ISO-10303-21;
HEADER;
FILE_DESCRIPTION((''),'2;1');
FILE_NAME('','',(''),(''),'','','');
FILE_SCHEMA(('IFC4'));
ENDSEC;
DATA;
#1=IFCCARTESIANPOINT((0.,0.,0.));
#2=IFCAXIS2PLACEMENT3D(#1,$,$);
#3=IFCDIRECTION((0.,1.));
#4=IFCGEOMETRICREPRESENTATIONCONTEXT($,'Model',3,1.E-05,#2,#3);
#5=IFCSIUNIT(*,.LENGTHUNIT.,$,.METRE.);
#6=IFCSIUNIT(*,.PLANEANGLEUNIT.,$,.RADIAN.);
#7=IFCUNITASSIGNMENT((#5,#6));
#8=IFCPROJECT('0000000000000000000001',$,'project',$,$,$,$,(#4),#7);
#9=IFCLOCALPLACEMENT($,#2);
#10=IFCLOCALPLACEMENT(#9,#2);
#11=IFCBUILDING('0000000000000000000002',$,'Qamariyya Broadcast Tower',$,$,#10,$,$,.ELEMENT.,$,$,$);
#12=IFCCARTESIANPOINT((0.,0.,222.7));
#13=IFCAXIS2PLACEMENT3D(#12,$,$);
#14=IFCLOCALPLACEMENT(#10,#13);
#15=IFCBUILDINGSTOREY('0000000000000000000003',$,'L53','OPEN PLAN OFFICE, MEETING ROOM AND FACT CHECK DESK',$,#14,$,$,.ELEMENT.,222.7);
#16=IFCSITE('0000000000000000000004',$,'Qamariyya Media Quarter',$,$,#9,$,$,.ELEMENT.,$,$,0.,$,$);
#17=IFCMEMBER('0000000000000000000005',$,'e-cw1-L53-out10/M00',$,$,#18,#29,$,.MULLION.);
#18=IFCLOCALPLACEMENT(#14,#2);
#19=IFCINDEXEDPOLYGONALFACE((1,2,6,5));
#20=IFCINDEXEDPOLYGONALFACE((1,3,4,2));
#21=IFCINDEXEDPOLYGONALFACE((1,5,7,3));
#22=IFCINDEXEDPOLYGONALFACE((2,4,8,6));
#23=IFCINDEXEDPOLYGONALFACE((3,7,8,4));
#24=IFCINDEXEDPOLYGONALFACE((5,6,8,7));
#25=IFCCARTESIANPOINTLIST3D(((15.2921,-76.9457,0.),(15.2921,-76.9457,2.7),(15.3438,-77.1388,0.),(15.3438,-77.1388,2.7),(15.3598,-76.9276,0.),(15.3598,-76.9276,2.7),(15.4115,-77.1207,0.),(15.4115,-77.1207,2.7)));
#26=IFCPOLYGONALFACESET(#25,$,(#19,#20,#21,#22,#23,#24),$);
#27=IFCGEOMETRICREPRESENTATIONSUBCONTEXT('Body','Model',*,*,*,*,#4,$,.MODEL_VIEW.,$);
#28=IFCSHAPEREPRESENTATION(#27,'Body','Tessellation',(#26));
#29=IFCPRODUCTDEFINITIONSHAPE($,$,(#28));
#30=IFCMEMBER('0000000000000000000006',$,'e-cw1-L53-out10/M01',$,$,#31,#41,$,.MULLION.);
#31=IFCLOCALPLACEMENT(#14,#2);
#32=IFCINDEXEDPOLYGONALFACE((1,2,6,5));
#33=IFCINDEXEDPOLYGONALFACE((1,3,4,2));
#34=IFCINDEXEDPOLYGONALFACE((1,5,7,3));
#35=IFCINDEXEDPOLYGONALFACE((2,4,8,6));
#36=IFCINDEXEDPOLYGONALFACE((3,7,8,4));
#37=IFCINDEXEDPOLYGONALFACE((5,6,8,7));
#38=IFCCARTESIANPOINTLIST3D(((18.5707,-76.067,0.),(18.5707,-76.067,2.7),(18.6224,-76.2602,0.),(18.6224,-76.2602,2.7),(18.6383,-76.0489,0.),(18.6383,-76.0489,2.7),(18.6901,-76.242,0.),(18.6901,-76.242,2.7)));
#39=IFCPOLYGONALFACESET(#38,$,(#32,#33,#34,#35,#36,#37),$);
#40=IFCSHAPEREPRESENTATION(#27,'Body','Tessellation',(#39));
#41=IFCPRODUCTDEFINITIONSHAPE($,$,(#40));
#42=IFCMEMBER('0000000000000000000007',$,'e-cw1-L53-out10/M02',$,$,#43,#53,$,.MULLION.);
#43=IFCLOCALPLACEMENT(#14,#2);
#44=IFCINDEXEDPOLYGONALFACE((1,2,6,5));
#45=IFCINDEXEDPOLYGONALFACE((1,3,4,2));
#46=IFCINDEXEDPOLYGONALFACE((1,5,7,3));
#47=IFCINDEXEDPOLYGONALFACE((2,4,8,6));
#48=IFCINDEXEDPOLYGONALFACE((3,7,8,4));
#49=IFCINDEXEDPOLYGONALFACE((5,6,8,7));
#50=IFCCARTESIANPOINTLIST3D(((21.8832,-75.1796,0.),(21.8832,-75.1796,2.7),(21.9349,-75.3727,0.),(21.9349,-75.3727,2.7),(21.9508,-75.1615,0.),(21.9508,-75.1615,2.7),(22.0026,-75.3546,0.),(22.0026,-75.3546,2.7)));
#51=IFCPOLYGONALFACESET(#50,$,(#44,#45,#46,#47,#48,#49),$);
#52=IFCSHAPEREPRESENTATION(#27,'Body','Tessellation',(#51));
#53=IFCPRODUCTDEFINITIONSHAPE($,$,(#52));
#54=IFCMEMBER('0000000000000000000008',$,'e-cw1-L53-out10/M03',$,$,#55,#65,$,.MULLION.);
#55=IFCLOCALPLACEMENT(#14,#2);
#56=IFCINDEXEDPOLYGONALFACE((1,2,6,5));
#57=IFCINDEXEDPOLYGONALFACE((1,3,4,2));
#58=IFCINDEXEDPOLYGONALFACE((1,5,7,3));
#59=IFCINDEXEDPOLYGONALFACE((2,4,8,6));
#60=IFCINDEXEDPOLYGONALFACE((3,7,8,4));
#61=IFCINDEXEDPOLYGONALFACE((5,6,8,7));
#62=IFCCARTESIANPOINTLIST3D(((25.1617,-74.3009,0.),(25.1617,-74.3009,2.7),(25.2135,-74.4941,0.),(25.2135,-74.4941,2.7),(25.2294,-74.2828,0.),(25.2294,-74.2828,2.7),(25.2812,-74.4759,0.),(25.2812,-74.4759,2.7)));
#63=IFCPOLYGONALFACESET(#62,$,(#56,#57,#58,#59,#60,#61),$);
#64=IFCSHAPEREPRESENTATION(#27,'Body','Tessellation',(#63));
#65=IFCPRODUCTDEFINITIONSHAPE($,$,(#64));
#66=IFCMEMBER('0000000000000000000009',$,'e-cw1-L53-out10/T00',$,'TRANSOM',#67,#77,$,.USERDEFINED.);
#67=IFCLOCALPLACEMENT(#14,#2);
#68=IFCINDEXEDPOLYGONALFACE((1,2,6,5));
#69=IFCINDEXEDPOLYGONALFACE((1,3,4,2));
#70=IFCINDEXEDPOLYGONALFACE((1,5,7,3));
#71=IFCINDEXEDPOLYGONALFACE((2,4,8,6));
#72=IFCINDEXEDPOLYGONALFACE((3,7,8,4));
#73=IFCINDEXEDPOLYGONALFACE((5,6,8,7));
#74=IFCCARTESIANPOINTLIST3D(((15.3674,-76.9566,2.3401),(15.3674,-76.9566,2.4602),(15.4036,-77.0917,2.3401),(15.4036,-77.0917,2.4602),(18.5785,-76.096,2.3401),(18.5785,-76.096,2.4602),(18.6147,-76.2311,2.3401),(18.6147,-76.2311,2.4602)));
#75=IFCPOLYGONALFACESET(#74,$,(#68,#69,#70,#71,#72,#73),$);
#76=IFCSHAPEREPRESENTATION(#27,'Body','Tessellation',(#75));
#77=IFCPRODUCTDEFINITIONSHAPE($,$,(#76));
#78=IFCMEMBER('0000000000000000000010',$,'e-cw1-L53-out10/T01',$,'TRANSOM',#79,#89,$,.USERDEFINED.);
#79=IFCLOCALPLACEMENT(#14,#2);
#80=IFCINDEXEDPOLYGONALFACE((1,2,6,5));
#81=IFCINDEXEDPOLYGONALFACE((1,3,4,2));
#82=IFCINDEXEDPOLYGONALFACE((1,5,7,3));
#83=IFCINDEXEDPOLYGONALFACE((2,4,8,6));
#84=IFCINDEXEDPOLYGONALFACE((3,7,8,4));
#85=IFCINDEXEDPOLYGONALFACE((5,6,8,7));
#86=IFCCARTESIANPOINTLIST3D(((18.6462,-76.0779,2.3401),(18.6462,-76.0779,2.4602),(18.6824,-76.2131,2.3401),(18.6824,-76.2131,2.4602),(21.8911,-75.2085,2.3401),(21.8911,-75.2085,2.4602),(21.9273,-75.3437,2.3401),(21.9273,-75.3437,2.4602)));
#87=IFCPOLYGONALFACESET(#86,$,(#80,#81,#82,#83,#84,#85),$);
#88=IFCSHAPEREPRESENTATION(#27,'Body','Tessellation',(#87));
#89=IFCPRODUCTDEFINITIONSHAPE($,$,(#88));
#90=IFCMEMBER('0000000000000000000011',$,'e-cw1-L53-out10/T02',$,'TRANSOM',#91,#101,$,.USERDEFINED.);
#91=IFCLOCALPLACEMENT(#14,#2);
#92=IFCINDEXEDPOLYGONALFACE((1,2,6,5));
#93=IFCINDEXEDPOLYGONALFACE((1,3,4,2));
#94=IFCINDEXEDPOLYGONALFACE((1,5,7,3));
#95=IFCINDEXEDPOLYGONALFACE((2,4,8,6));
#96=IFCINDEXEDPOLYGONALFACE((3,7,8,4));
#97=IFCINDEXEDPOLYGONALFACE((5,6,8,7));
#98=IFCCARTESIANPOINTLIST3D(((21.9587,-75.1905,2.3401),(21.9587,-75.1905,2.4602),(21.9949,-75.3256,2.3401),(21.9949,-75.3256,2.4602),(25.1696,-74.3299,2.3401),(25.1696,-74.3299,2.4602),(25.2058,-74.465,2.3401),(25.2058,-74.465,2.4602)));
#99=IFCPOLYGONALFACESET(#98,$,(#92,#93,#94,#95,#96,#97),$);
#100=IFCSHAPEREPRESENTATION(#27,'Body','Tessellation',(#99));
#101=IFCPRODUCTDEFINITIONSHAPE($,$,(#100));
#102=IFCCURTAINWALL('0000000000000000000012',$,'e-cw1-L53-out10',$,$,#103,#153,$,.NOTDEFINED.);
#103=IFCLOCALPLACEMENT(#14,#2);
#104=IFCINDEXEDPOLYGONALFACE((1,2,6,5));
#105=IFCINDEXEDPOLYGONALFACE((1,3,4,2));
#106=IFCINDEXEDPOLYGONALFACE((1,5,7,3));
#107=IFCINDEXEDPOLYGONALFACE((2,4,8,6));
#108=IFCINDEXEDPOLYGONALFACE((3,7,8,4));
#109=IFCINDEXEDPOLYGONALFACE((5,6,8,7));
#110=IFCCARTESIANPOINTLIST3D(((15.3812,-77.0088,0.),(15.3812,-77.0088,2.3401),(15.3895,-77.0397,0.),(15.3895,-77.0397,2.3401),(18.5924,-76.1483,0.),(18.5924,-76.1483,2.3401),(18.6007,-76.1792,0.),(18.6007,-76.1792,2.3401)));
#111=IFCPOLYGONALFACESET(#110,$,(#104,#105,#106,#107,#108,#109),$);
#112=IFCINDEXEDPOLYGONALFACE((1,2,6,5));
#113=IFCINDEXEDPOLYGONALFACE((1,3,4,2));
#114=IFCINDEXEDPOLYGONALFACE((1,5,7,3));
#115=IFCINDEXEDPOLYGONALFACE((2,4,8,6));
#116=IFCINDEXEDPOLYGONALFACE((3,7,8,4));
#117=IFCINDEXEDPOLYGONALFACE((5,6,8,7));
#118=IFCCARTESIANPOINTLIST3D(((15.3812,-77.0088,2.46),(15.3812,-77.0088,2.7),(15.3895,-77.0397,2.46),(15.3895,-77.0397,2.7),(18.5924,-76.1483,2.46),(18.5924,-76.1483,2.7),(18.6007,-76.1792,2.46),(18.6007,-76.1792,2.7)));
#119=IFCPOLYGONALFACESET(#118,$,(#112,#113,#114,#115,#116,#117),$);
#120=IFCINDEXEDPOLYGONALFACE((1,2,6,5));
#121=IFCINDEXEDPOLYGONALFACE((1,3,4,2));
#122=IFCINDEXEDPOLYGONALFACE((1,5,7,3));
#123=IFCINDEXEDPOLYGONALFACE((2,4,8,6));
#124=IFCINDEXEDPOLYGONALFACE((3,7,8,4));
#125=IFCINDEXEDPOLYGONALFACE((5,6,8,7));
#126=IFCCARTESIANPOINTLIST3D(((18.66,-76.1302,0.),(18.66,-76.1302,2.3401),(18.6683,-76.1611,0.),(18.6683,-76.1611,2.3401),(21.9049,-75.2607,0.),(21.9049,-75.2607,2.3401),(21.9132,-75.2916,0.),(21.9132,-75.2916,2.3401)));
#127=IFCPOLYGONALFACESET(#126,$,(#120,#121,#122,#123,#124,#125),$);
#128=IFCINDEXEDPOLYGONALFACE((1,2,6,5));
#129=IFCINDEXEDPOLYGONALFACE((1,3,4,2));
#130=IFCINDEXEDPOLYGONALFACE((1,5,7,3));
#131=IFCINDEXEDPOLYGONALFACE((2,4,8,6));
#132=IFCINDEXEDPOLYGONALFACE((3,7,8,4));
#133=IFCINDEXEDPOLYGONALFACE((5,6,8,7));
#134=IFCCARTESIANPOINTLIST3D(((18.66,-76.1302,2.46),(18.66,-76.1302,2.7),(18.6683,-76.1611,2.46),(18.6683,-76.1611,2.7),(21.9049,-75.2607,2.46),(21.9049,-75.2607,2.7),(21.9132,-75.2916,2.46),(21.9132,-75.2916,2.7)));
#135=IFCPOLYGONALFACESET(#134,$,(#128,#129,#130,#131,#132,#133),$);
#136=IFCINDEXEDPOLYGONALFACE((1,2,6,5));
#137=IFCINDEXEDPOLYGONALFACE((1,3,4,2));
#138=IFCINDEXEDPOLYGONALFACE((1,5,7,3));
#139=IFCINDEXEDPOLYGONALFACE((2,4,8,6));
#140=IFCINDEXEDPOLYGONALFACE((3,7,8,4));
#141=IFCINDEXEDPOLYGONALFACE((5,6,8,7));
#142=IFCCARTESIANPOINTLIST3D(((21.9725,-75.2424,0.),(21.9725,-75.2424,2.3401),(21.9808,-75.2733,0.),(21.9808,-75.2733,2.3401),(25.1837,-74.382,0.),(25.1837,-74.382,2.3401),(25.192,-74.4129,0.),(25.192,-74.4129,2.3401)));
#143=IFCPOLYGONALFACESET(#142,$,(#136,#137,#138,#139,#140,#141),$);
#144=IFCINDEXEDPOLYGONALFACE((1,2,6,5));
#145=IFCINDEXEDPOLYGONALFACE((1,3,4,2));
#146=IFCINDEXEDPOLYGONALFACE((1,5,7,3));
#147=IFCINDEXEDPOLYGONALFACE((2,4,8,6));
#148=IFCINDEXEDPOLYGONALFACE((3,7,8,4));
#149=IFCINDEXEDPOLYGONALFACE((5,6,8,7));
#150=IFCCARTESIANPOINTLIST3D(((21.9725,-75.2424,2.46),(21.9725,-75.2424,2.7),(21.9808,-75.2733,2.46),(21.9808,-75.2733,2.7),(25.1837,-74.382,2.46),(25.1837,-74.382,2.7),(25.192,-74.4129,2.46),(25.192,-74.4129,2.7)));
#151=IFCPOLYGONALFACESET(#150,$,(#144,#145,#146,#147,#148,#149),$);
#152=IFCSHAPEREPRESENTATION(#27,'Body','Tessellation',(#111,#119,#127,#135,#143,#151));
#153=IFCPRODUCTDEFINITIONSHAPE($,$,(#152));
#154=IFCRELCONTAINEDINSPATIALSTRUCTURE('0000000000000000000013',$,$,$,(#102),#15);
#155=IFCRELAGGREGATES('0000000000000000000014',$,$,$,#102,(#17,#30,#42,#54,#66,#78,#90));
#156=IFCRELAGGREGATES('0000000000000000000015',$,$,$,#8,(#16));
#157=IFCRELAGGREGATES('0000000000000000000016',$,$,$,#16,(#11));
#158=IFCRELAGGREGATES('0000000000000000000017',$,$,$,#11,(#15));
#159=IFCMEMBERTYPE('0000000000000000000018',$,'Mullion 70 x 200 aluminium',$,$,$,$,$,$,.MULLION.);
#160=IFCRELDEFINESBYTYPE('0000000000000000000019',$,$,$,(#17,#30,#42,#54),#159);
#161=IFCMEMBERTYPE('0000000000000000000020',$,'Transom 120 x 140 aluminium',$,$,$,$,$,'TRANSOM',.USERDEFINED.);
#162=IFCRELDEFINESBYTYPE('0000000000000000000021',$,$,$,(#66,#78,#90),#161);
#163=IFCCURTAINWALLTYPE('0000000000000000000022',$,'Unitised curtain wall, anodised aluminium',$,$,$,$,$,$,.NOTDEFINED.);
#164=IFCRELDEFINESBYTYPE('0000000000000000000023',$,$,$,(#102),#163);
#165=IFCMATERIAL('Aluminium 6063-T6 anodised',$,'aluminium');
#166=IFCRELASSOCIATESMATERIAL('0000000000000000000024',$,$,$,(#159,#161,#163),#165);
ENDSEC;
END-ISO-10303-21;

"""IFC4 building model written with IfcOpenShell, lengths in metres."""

from ifc_helpers import new_model, si_unit, direction, frame, origin, origin_2d, place, context, subcontext, project, spatial, rectangle, extrude, material, material_profile, profile_set, type_object, element, aggregate, save


model = new_model("IFC4")

# Units and contexts
model_context = context("Model", 3, precision=1e-05, world=origin(), true_north=direction((0.0, 1.0)))
body_context = subcontext(model_context, "Body", "Model", "MODEL_VIEW")
ifc_project = project(units=[si_unit("LENGTHUNIT", "METRE"), si_unit("PLANEANGLEUNIT", "RADIAN")], contexts=[model_context])

# Members
ifc_material = material(Name="Aluminium 6063-T6 anodised", Category="aluminium")
ifc_material_profile_1 = material_profile(ifc_material, rectangle(XDim=0.2, YDim=0.0701, at=origin_2d()))
ifc_profile_set_1 = profile_set([ifc_material_profile_1], Name="Aluminium 6063-T6 anodised")
member_type_1 = type_object("IfcMemberType", Name="Mullion 70 x 200 aluminium", PredefinedType="MULLION", material=ifc_profile_set_1)
site_placement = place(None, origin())
building_placement = place(site_placement, origin())
storey_placement = place(building_placement, frame((0.0, 0.0, 222.7)))
member_1_placement = place(storey_placement, frame((15.3518, -77.0332, 0.0), z_axis=(0.0, 0.0, 1.0), x_axis=(-0.258819, 0.965926, 0.0)))
member_1 = element("IfcMember", 1, at=member_1_placement, type_object=member_type_1, Name="e-cw1-L53-out10/M00", PredefinedType="MULLION", context=body_context, shape_type="SweptSolid", body=[
    extrude(rectangle(XDim=0.2, YDim=0.0701, at=origin_2d()), origin(), (0.0, 0.0, 1.0), 2.7),
])
member_2_placement = place(storey_placement, frame((18.6304, -76.1545, 0.0), z_axis=(0.0, 0.0, 1.0), x_axis=(-0.258819, 0.965926, 0.0)))
member_2 = element("IfcMember", 2, at=member_2_placement, type_object=member_type_1, Name="e-cw1-L53-out10/M01", PredefinedType="MULLION", context=body_context, shape_type="SweptSolid", body=[
    extrude(rectangle(XDim=0.2, YDim=0.0701, at=origin_2d()), origin(), (0.0, 0.0, 1.0), 2.7),
])
member_3_placement = place(storey_placement, frame((21.9429, -75.2671, 0.0), z_axis=(0.0, 0.0, 1.0), x_axis=(-0.258819, 0.965926, 0.0)))
member_3 = element("IfcMember", 3, at=member_3_placement, type_object=member_type_1, Name="e-cw1-L53-out10/M02", PredefinedType="MULLION", context=body_context, shape_type="SweptSolid", body=[
    extrude(rectangle(XDim=0.2, YDim=0.0701, at=origin_2d()), origin(), (0.0, 0.0, 1.0), 2.7),
])
member_4_placement = place(storey_placement, frame((25.2214, -74.3884, 0.0), z_axis=(0.0, 0.0, 1.0), x_axis=(-0.258819, 0.965926, 0.0)))
member_4 = element("IfcMember", 4, at=member_4_placement, type_object=member_type_1, Name="e-cw1-L53-out10/M03", PredefinedType="MULLION", context=body_context, shape_type="SweptSolid", body=[
    extrude(rectangle(XDim=0.2, YDim=0.0701, at=origin_2d()), origin(), (0.0, 0.0, 1.0), 2.7),
])
ifc_material_profile_2 = material_profile(ifc_material, rectangle(XDim=0.1399, YDim=0.1201, at=origin_2d()))
ifc_profile_set_2 = profile_set([ifc_material_profile_2], Name="Aluminium 6063-T6 anodised")
member_type_2 = type_object("IfcMemberType", Name="Transom 120 x 140 aluminium", ElementType="TRANSOM", PredefinedType="USERDEFINED", material=ifc_profile_set_2)
member_5_placement = place(storey_placement, frame((15.3855, -77.0242, 2.4001), z_axis=(0.965914, 0.258865, 0.0), x_axis=(-0.258865, 0.965914, 0.0)))
member_5 = element("IfcMember", 5, at=member_5_placement, type_object=member_type_2, Name="e-cw1-L53-out10/T00", ObjectType="TRANSOM", PredefinedType="USERDEFINED", context=body_context, shape_type="SweptSolid", body=[
    extrude(rectangle(XDim=0.1399, YDim=0.1201, at=origin_2d()), origin(), (0.0, 0.0, 1.0), 3.3245),
])
member_6_placement = place(storey_placement, frame((18.6643, -76.1455, 2.4001), z_axis=(0.965932, 0.258798, 0.0), x_axis=(-0.258798, 0.965932, 0.0)))
member_6 = element("IfcMember", 6, at=member_6_placement, type_object=member_type_2, Name="e-cw1-L53-out10/T01", ObjectType="TRANSOM", PredefinedType="USERDEFINED", context=body_context, shape_type="SweptSolid", body=[
    extrude(rectangle(XDim=0.1399, YDim=0.1201, at=origin_2d()), origin(), (0.0, 0.0, 1.0), 3.3594),
])
member_7_placement = place(storey_placement, frame((21.9768, -75.2581, 2.4001), z_axis=(0.965909, 0.258883, 0.0), x_axis=(-0.258883, 0.965909, 0.0)))
member_7 = element("IfcMember", 7, at=member_7_placement, type_object=member_type_2, Name="e-cw1-L53-out10/T02", ObjectType="TRANSOM", PredefinedType="USERDEFINED", context=body_context, shape_type="SweptSolid", body=[
    extrude(rectangle(XDim=0.1399, YDim=0.1201, at=origin_2d()), origin(), (0.0, 0.0, 1.0), 3.3242),
])

# Site, building, storey
site = spatial("IfcSite", under=ifc_project, at=site_placement, Name="Qamariyya Media Quarter", CompositionType="ELEMENT", RefElevation=0.0)
building = spatial("IfcBuilding", under=site, at=building_placement, Name="Qamariyya Broadcast Tower", CompositionType="ELEMENT")
storey = spatial("IfcBuildingStorey", under=building, at=storey_placement, Name="L53", Description="OPEN PLAN OFFICE, MEETING ROOM AND FACT CHECK DESK", CompositionType="ELEMENT", Elevation=222.7)

# Curtain wall
curtain_wall_type = type_object("IfcCurtainWallType", Name="Unitised curtain wall, anodised aluminium", PredefinedType="NOTDEFINED", material=ifc_material)
curtain_wall_1_placement = place(storey_placement, origin())
curtain_wall_1 = element("IfcCurtainWall", 8, at=curtain_wall_1_placement, inside=storey, type_object=curtain_wall_type, Name="e-cw1-L53-out10", PredefinedType="NOTDEFINED", context=body_context, shape_type="SweptSolid", body=[
    extrude(rectangle(XDim=3.3245, YDim=0.032, at=origin_2d()), frame((16.991, -76.594, 0.0), x_axis=(0.965923, 0.258828, 0.0)), (0.0, 0.0, 1.0), 2.3401),
    extrude(rectangle(XDim=3.3245, YDim=0.032, at=origin_2d()), frame((16.991, -76.594, 2.46), x_axis=(0.965923, 0.258828, 0.0)), (0.0, 0.0, 1.0), 0.24),
    extrude(rectangle(XDim=3.3594, YDim=0.032, at=origin_2d()), frame((20.2866, -75.7109, 0.0), x_axis=(0.965923, 0.258828, 0.0)), (0.0, 0.0, 1.0), 2.3401),
    extrude(rectangle(XDim=3.3594, YDim=0.032, at=origin_2d()), frame((20.2866, -75.7109, 2.46), x_axis=(0.965923, 0.258828, 0.0)), (0.0, 0.0, 1.0), 0.24),
    extrude(rectangle(XDim=3.3245, YDim=0.032, at=origin_2d()), frame((23.5823, -74.8276, 0.0), x_axis=(0.965923, 0.258828, 0.0)), (0.0, 0.0, 1.0), 2.3401),
    extrude(rectangle(XDim=3.3245, YDim=0.032, at=origin_2d()), frame((23.5823, -74.8276, 2.46), x_axis=(0.965923, 0.258828, 0.0)), (0.0, 0.0, 1.0), 0.24),
])
aggregate(curtain_wall_1, [member_1, member_2, member_3, member_4, member_5, member_6, member_7])

save(model, "model.ifc")
